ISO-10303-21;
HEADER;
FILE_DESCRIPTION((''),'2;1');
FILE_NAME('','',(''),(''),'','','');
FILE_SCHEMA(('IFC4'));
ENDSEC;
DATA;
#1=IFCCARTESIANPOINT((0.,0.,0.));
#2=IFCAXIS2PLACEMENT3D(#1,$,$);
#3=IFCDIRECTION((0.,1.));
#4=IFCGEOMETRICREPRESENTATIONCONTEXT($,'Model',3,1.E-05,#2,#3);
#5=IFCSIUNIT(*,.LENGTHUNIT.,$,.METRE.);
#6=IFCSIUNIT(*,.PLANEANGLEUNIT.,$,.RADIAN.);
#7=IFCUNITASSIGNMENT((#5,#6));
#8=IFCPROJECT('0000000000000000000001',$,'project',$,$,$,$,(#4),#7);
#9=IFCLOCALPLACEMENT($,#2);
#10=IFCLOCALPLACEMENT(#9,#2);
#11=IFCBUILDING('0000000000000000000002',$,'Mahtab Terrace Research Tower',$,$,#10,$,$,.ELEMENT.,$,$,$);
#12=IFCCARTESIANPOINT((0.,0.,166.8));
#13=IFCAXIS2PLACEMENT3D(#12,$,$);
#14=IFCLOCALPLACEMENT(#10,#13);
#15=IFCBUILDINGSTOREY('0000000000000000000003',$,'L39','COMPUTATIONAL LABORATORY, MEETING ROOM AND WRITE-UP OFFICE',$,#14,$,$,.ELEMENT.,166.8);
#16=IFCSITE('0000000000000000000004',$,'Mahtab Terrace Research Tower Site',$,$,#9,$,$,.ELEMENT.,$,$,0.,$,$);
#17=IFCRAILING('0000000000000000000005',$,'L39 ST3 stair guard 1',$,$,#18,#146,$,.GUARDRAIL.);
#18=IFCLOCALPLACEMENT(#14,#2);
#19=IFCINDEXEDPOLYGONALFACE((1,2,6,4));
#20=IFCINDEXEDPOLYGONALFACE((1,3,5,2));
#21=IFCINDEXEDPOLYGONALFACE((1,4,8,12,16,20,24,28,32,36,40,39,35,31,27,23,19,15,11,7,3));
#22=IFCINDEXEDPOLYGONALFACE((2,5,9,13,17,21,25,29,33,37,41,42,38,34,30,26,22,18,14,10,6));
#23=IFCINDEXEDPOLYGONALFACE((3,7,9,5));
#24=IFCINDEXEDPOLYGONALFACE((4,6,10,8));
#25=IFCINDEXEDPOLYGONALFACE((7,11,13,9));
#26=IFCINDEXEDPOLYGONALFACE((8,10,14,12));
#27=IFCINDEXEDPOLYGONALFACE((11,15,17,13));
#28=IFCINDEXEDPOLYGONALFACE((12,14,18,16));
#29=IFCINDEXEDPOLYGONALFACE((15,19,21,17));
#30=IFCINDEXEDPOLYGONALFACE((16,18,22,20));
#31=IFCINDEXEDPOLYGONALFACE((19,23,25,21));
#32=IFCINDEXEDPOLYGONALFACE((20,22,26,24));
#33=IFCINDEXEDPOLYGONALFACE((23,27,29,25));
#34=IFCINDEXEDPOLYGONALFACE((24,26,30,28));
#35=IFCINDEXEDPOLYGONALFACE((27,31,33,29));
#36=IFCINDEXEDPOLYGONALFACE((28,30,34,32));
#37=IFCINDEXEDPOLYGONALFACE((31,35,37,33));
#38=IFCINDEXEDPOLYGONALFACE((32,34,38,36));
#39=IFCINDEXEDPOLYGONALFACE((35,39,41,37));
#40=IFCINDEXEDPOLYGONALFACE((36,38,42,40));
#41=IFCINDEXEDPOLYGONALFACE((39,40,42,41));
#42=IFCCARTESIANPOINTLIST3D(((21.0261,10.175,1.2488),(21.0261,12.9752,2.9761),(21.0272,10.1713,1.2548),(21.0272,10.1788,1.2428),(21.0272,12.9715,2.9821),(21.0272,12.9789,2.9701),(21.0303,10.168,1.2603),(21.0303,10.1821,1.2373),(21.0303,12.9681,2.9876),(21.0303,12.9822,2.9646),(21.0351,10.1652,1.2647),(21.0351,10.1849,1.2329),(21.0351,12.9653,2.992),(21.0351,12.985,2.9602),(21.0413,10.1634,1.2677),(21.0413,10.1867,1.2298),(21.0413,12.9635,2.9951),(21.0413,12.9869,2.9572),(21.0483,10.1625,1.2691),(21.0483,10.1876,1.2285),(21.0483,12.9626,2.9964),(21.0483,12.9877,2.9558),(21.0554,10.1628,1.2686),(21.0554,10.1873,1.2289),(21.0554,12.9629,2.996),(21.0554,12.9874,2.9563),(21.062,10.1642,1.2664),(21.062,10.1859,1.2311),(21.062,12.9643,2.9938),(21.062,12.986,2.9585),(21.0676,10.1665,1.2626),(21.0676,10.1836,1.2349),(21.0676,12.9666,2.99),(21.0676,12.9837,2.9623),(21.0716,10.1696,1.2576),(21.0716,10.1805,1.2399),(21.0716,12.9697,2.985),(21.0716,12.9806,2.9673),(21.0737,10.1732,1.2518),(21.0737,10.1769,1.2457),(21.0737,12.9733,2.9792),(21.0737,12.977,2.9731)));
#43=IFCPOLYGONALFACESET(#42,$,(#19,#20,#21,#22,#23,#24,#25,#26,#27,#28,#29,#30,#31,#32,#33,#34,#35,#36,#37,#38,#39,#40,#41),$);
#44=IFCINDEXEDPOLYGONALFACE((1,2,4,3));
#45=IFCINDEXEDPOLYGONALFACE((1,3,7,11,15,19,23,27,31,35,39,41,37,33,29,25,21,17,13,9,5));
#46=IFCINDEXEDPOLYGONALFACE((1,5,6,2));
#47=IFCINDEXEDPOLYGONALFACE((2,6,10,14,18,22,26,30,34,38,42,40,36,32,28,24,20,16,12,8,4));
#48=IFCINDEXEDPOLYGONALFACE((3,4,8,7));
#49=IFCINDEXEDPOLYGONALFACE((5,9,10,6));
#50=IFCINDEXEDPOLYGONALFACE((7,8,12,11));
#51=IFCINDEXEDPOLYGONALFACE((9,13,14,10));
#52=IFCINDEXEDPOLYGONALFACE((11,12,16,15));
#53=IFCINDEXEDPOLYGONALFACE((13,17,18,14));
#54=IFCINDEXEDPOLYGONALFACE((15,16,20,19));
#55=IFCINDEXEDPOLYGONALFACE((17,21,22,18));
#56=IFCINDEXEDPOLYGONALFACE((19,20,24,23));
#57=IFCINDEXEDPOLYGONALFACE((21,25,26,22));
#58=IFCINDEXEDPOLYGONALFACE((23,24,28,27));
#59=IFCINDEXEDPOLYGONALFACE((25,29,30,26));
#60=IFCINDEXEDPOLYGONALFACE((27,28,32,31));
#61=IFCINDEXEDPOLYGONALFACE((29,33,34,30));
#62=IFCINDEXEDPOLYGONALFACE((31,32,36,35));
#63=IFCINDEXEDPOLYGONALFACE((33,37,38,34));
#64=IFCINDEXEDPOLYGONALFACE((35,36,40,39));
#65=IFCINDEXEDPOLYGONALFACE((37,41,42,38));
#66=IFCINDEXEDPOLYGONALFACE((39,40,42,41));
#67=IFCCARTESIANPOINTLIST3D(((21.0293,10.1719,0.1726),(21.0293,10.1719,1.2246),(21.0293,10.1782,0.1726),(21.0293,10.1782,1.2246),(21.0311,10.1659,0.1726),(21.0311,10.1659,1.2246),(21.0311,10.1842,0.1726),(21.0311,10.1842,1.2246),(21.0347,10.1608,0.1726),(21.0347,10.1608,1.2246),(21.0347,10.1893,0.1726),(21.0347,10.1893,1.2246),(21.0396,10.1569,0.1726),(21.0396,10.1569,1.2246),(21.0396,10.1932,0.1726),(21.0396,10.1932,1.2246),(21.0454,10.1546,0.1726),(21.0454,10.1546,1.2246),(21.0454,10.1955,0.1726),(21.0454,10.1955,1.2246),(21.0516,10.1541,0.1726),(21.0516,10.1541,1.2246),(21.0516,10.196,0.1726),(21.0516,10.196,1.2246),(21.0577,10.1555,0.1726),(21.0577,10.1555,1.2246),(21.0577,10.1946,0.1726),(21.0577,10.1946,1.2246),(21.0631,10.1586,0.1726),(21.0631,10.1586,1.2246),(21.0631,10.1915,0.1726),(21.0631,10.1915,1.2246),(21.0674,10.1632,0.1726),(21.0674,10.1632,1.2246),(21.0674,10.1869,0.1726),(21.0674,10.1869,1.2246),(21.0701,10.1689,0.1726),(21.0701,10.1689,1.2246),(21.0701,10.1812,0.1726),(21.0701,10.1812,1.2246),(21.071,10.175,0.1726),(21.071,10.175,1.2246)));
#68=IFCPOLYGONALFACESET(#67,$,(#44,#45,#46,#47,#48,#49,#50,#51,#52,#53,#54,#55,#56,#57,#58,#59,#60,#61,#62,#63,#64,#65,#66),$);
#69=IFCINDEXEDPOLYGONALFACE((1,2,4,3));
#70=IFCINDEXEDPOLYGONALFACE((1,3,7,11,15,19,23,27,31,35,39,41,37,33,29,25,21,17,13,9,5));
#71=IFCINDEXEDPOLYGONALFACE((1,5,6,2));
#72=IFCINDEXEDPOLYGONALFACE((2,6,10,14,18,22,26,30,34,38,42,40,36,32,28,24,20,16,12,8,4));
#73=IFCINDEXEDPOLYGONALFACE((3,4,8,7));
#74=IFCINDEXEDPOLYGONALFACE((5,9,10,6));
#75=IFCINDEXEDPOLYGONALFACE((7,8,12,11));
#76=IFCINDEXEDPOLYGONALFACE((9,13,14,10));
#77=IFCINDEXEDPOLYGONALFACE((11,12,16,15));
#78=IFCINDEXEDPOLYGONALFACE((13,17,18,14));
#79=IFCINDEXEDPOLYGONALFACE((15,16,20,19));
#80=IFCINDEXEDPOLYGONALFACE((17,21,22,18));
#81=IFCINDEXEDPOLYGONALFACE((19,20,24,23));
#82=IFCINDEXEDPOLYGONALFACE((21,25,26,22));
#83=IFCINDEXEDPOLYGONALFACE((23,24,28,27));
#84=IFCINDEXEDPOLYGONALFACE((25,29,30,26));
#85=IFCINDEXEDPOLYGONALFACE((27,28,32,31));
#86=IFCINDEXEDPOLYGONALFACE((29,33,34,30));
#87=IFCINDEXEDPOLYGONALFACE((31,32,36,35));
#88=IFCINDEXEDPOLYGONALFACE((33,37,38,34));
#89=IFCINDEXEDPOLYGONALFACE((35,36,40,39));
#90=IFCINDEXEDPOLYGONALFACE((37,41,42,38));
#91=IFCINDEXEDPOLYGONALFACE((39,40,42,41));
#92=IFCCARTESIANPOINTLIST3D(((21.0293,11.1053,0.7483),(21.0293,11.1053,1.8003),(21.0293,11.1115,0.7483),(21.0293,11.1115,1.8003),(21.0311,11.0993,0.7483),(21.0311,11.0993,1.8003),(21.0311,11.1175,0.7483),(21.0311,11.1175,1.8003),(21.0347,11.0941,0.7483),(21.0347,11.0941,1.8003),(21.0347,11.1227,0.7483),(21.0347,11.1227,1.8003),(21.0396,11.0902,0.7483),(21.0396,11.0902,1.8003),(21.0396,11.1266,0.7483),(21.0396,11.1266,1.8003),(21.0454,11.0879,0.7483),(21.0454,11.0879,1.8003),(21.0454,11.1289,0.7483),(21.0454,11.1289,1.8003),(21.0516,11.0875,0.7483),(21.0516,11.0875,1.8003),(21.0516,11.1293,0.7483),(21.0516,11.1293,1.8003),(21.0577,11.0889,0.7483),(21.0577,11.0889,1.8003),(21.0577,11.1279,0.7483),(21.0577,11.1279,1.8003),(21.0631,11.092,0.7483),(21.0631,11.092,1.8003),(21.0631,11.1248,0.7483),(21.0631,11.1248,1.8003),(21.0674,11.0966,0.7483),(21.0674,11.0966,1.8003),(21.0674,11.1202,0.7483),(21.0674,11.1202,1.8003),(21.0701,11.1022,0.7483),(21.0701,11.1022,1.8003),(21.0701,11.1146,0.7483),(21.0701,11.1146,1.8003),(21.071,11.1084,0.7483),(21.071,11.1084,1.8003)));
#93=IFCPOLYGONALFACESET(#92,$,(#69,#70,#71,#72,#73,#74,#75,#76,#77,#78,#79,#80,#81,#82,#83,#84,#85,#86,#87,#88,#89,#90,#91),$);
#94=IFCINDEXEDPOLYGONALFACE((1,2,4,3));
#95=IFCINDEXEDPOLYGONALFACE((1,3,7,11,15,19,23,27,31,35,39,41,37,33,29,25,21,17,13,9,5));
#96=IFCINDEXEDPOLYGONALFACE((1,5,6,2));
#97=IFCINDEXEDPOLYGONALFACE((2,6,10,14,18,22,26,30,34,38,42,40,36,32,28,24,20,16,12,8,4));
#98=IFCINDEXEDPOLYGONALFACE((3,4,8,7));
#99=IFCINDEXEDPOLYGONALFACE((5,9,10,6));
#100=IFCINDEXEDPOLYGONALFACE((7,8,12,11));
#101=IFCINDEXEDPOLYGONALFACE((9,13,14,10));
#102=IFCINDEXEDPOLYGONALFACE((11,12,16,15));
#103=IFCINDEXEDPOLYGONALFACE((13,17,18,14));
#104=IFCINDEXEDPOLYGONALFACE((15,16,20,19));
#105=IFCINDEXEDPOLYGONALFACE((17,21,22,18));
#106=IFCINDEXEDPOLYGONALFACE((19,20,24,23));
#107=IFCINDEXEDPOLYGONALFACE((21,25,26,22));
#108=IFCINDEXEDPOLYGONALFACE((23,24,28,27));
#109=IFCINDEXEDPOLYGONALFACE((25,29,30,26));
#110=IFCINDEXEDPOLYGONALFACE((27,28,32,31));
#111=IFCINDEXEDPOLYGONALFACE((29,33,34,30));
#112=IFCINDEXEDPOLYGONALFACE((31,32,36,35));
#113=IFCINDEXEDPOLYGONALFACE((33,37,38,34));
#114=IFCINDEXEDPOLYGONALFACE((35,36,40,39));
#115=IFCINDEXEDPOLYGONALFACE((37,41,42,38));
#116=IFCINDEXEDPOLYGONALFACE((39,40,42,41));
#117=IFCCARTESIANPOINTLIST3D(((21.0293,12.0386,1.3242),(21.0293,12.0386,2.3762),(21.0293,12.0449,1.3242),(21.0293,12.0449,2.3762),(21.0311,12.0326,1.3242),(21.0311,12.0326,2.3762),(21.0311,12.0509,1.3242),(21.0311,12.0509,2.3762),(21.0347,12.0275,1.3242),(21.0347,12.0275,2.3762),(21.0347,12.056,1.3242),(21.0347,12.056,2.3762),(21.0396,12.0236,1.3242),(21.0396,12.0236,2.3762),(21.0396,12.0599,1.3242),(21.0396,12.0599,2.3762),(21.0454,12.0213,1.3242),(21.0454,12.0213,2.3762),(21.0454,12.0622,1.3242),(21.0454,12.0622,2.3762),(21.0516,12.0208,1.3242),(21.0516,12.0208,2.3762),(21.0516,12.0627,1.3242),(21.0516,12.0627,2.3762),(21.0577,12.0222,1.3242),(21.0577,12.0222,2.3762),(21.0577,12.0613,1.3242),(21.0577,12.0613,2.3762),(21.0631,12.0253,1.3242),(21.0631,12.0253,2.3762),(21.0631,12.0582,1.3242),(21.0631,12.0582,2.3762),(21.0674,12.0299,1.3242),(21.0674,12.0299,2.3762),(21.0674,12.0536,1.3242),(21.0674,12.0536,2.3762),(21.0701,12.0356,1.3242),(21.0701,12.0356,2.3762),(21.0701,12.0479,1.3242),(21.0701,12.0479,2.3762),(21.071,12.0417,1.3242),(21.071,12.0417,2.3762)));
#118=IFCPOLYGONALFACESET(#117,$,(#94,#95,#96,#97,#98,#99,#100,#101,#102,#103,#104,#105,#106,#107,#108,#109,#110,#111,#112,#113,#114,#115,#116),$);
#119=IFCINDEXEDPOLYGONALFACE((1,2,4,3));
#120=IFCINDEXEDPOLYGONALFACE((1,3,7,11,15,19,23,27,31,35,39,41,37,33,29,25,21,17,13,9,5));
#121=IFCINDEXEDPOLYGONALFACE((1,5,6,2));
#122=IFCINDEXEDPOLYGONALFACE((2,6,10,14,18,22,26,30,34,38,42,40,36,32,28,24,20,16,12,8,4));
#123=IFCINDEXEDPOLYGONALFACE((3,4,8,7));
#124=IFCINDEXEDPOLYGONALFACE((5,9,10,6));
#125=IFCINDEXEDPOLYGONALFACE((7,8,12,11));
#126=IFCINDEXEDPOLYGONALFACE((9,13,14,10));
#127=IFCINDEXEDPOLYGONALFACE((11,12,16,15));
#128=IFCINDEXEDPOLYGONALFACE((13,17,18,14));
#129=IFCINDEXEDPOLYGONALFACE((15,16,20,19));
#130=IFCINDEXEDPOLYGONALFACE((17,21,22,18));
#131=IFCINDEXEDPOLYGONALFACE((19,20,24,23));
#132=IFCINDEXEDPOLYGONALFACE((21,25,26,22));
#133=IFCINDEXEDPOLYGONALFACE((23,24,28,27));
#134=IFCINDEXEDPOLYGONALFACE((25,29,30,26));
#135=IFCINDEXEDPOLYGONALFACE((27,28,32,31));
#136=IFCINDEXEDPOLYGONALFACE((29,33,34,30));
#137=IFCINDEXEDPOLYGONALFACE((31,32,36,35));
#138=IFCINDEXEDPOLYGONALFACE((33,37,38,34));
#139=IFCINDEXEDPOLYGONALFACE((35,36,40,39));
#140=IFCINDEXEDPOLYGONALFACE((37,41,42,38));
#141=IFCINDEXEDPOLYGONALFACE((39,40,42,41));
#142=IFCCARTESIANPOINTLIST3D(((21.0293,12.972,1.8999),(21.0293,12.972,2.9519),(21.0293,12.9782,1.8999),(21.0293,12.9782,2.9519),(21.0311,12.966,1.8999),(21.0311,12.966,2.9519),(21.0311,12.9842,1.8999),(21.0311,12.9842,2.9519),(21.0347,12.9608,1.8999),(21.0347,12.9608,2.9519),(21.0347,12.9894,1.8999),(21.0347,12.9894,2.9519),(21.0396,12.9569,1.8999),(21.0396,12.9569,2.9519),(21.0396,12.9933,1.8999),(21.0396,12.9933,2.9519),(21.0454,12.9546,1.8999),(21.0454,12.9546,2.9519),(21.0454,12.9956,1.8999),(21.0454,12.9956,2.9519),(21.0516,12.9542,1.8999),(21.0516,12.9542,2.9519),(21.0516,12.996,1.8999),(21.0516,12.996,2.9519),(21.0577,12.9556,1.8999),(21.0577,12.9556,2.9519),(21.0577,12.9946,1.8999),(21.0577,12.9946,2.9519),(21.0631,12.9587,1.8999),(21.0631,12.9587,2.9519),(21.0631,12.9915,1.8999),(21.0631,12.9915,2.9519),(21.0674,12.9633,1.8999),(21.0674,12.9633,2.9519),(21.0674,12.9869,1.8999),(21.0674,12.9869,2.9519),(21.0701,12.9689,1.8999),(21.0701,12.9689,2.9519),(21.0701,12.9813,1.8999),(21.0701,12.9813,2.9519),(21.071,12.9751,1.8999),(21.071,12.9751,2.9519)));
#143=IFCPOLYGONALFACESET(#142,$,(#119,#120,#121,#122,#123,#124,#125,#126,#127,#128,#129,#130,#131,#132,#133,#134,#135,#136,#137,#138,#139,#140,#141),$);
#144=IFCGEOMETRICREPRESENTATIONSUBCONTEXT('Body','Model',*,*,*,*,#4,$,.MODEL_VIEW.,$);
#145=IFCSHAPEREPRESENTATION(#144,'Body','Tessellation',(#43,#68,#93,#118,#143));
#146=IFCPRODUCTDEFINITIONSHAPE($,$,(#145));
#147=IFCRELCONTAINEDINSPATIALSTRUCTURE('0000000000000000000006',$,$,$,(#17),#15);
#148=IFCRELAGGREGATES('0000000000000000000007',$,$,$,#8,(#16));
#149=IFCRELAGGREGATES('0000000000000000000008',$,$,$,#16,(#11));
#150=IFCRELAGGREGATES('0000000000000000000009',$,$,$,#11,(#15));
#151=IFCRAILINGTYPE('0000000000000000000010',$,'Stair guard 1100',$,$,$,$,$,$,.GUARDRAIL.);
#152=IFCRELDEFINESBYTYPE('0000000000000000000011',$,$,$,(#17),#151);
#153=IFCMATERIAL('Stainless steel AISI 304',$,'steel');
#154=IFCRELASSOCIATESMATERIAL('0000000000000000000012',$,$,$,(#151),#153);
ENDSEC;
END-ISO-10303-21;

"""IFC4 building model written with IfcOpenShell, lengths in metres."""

from ifc_helpers import new_model, si_unit, direction, frame, origin, origin_2d, place, context, subcontext, project, spatial, circle, extrude, material, type_object, element, save


model = new_model("IFC4")

# Units and contexts
model_context = context("Model", 3, precision=1e-05, world=origin(), true_north=direction((0.0, 1.0)))
body_context = subcontext(model_context, "Body", "Model", "MODEL_VIEW")
ifc_project = project(units=[si_unit("LENGTHUNIT", "METRE"), si_unit("PLANEANGLEUNIT", "RADIAN")], contexts=[model_context])

# Site, building, storey
site_placement = place(None, origin())
site = spatial("IfcSite", under=ifc_project, at=site_placement, Name="Mahtab Terrace Research Tower Site", CompositionType="ELEMENT", RefElevation=0.0)
building_placement = place(site_placement, origin())
building = spatial("IfcBuilding", under=site, at=building_placement, Name="Mahtab Terrace Research Tower", CompositionType="ELEMENT")
storey_placement = place(building_placement, frame((0.0, 0.0, 166.8)))
storey = spatial("IfcBuildingStorey", under=building, at=storey_placement, Name="L39", Description="COMPUTATIONAL LABORATORY, MEETING ROOM AND WRITE-UP OFFICE", CompositionType="ELEMENT", Elevation=166.8)

# Railing
ifc_material_1 = material(Name="Stainless steel AISI 304", Category="steel")
railing_type_1 = type_object("IfcRailingType", Name="Stair guard 1100", PredefinedType="GUARDRAIL", material=ifc_material_1)
railing_1_placement = place(storey_placement, frame((21.05, 10.175, 0.1726)))
element("IfcRailing", 1, at=railing_1_placement, inside=storey, type_object=railing_type_1, Name="L39 ST3 stair guard 1", PredefinedType="GUARDRAIL", context=body_context, shape_type="SweptSolid", body=[
    extrude(circle(Radius=0.0239, at=origin_2d()), frame((0.0, 0.0, 1.0762), z_axis=(0.0, 0.85109, 0.52502), x_axis=(-1.0, 0.0, 0.0)), (0.0, 0.0, 1.0), 3.29),
    extrude(circle(Radius=0.021, at=origin_2d()), origin(), (0.0, 0.0, 1.0), 1.052),
    extrude(circle(Radius=0.021, at=origin_2d()), frame((0.0, 0.9333, 0.5757)), (0.0, 0.0, 1.0), 1.052),
    extrude(circle(Radius=0.021, at=origin_2d()), frame((0.0, 1.8667, 1.1516)), (0.0, 0.0, 1.0), 1.052),
    extrude(circle(Radius=0.021, at=origin_2d()), frame((0.0, 2.8, 1.7273)), (0.0, 0.0, 1.0), 1.052),
])

save(model, "model.ifc")
